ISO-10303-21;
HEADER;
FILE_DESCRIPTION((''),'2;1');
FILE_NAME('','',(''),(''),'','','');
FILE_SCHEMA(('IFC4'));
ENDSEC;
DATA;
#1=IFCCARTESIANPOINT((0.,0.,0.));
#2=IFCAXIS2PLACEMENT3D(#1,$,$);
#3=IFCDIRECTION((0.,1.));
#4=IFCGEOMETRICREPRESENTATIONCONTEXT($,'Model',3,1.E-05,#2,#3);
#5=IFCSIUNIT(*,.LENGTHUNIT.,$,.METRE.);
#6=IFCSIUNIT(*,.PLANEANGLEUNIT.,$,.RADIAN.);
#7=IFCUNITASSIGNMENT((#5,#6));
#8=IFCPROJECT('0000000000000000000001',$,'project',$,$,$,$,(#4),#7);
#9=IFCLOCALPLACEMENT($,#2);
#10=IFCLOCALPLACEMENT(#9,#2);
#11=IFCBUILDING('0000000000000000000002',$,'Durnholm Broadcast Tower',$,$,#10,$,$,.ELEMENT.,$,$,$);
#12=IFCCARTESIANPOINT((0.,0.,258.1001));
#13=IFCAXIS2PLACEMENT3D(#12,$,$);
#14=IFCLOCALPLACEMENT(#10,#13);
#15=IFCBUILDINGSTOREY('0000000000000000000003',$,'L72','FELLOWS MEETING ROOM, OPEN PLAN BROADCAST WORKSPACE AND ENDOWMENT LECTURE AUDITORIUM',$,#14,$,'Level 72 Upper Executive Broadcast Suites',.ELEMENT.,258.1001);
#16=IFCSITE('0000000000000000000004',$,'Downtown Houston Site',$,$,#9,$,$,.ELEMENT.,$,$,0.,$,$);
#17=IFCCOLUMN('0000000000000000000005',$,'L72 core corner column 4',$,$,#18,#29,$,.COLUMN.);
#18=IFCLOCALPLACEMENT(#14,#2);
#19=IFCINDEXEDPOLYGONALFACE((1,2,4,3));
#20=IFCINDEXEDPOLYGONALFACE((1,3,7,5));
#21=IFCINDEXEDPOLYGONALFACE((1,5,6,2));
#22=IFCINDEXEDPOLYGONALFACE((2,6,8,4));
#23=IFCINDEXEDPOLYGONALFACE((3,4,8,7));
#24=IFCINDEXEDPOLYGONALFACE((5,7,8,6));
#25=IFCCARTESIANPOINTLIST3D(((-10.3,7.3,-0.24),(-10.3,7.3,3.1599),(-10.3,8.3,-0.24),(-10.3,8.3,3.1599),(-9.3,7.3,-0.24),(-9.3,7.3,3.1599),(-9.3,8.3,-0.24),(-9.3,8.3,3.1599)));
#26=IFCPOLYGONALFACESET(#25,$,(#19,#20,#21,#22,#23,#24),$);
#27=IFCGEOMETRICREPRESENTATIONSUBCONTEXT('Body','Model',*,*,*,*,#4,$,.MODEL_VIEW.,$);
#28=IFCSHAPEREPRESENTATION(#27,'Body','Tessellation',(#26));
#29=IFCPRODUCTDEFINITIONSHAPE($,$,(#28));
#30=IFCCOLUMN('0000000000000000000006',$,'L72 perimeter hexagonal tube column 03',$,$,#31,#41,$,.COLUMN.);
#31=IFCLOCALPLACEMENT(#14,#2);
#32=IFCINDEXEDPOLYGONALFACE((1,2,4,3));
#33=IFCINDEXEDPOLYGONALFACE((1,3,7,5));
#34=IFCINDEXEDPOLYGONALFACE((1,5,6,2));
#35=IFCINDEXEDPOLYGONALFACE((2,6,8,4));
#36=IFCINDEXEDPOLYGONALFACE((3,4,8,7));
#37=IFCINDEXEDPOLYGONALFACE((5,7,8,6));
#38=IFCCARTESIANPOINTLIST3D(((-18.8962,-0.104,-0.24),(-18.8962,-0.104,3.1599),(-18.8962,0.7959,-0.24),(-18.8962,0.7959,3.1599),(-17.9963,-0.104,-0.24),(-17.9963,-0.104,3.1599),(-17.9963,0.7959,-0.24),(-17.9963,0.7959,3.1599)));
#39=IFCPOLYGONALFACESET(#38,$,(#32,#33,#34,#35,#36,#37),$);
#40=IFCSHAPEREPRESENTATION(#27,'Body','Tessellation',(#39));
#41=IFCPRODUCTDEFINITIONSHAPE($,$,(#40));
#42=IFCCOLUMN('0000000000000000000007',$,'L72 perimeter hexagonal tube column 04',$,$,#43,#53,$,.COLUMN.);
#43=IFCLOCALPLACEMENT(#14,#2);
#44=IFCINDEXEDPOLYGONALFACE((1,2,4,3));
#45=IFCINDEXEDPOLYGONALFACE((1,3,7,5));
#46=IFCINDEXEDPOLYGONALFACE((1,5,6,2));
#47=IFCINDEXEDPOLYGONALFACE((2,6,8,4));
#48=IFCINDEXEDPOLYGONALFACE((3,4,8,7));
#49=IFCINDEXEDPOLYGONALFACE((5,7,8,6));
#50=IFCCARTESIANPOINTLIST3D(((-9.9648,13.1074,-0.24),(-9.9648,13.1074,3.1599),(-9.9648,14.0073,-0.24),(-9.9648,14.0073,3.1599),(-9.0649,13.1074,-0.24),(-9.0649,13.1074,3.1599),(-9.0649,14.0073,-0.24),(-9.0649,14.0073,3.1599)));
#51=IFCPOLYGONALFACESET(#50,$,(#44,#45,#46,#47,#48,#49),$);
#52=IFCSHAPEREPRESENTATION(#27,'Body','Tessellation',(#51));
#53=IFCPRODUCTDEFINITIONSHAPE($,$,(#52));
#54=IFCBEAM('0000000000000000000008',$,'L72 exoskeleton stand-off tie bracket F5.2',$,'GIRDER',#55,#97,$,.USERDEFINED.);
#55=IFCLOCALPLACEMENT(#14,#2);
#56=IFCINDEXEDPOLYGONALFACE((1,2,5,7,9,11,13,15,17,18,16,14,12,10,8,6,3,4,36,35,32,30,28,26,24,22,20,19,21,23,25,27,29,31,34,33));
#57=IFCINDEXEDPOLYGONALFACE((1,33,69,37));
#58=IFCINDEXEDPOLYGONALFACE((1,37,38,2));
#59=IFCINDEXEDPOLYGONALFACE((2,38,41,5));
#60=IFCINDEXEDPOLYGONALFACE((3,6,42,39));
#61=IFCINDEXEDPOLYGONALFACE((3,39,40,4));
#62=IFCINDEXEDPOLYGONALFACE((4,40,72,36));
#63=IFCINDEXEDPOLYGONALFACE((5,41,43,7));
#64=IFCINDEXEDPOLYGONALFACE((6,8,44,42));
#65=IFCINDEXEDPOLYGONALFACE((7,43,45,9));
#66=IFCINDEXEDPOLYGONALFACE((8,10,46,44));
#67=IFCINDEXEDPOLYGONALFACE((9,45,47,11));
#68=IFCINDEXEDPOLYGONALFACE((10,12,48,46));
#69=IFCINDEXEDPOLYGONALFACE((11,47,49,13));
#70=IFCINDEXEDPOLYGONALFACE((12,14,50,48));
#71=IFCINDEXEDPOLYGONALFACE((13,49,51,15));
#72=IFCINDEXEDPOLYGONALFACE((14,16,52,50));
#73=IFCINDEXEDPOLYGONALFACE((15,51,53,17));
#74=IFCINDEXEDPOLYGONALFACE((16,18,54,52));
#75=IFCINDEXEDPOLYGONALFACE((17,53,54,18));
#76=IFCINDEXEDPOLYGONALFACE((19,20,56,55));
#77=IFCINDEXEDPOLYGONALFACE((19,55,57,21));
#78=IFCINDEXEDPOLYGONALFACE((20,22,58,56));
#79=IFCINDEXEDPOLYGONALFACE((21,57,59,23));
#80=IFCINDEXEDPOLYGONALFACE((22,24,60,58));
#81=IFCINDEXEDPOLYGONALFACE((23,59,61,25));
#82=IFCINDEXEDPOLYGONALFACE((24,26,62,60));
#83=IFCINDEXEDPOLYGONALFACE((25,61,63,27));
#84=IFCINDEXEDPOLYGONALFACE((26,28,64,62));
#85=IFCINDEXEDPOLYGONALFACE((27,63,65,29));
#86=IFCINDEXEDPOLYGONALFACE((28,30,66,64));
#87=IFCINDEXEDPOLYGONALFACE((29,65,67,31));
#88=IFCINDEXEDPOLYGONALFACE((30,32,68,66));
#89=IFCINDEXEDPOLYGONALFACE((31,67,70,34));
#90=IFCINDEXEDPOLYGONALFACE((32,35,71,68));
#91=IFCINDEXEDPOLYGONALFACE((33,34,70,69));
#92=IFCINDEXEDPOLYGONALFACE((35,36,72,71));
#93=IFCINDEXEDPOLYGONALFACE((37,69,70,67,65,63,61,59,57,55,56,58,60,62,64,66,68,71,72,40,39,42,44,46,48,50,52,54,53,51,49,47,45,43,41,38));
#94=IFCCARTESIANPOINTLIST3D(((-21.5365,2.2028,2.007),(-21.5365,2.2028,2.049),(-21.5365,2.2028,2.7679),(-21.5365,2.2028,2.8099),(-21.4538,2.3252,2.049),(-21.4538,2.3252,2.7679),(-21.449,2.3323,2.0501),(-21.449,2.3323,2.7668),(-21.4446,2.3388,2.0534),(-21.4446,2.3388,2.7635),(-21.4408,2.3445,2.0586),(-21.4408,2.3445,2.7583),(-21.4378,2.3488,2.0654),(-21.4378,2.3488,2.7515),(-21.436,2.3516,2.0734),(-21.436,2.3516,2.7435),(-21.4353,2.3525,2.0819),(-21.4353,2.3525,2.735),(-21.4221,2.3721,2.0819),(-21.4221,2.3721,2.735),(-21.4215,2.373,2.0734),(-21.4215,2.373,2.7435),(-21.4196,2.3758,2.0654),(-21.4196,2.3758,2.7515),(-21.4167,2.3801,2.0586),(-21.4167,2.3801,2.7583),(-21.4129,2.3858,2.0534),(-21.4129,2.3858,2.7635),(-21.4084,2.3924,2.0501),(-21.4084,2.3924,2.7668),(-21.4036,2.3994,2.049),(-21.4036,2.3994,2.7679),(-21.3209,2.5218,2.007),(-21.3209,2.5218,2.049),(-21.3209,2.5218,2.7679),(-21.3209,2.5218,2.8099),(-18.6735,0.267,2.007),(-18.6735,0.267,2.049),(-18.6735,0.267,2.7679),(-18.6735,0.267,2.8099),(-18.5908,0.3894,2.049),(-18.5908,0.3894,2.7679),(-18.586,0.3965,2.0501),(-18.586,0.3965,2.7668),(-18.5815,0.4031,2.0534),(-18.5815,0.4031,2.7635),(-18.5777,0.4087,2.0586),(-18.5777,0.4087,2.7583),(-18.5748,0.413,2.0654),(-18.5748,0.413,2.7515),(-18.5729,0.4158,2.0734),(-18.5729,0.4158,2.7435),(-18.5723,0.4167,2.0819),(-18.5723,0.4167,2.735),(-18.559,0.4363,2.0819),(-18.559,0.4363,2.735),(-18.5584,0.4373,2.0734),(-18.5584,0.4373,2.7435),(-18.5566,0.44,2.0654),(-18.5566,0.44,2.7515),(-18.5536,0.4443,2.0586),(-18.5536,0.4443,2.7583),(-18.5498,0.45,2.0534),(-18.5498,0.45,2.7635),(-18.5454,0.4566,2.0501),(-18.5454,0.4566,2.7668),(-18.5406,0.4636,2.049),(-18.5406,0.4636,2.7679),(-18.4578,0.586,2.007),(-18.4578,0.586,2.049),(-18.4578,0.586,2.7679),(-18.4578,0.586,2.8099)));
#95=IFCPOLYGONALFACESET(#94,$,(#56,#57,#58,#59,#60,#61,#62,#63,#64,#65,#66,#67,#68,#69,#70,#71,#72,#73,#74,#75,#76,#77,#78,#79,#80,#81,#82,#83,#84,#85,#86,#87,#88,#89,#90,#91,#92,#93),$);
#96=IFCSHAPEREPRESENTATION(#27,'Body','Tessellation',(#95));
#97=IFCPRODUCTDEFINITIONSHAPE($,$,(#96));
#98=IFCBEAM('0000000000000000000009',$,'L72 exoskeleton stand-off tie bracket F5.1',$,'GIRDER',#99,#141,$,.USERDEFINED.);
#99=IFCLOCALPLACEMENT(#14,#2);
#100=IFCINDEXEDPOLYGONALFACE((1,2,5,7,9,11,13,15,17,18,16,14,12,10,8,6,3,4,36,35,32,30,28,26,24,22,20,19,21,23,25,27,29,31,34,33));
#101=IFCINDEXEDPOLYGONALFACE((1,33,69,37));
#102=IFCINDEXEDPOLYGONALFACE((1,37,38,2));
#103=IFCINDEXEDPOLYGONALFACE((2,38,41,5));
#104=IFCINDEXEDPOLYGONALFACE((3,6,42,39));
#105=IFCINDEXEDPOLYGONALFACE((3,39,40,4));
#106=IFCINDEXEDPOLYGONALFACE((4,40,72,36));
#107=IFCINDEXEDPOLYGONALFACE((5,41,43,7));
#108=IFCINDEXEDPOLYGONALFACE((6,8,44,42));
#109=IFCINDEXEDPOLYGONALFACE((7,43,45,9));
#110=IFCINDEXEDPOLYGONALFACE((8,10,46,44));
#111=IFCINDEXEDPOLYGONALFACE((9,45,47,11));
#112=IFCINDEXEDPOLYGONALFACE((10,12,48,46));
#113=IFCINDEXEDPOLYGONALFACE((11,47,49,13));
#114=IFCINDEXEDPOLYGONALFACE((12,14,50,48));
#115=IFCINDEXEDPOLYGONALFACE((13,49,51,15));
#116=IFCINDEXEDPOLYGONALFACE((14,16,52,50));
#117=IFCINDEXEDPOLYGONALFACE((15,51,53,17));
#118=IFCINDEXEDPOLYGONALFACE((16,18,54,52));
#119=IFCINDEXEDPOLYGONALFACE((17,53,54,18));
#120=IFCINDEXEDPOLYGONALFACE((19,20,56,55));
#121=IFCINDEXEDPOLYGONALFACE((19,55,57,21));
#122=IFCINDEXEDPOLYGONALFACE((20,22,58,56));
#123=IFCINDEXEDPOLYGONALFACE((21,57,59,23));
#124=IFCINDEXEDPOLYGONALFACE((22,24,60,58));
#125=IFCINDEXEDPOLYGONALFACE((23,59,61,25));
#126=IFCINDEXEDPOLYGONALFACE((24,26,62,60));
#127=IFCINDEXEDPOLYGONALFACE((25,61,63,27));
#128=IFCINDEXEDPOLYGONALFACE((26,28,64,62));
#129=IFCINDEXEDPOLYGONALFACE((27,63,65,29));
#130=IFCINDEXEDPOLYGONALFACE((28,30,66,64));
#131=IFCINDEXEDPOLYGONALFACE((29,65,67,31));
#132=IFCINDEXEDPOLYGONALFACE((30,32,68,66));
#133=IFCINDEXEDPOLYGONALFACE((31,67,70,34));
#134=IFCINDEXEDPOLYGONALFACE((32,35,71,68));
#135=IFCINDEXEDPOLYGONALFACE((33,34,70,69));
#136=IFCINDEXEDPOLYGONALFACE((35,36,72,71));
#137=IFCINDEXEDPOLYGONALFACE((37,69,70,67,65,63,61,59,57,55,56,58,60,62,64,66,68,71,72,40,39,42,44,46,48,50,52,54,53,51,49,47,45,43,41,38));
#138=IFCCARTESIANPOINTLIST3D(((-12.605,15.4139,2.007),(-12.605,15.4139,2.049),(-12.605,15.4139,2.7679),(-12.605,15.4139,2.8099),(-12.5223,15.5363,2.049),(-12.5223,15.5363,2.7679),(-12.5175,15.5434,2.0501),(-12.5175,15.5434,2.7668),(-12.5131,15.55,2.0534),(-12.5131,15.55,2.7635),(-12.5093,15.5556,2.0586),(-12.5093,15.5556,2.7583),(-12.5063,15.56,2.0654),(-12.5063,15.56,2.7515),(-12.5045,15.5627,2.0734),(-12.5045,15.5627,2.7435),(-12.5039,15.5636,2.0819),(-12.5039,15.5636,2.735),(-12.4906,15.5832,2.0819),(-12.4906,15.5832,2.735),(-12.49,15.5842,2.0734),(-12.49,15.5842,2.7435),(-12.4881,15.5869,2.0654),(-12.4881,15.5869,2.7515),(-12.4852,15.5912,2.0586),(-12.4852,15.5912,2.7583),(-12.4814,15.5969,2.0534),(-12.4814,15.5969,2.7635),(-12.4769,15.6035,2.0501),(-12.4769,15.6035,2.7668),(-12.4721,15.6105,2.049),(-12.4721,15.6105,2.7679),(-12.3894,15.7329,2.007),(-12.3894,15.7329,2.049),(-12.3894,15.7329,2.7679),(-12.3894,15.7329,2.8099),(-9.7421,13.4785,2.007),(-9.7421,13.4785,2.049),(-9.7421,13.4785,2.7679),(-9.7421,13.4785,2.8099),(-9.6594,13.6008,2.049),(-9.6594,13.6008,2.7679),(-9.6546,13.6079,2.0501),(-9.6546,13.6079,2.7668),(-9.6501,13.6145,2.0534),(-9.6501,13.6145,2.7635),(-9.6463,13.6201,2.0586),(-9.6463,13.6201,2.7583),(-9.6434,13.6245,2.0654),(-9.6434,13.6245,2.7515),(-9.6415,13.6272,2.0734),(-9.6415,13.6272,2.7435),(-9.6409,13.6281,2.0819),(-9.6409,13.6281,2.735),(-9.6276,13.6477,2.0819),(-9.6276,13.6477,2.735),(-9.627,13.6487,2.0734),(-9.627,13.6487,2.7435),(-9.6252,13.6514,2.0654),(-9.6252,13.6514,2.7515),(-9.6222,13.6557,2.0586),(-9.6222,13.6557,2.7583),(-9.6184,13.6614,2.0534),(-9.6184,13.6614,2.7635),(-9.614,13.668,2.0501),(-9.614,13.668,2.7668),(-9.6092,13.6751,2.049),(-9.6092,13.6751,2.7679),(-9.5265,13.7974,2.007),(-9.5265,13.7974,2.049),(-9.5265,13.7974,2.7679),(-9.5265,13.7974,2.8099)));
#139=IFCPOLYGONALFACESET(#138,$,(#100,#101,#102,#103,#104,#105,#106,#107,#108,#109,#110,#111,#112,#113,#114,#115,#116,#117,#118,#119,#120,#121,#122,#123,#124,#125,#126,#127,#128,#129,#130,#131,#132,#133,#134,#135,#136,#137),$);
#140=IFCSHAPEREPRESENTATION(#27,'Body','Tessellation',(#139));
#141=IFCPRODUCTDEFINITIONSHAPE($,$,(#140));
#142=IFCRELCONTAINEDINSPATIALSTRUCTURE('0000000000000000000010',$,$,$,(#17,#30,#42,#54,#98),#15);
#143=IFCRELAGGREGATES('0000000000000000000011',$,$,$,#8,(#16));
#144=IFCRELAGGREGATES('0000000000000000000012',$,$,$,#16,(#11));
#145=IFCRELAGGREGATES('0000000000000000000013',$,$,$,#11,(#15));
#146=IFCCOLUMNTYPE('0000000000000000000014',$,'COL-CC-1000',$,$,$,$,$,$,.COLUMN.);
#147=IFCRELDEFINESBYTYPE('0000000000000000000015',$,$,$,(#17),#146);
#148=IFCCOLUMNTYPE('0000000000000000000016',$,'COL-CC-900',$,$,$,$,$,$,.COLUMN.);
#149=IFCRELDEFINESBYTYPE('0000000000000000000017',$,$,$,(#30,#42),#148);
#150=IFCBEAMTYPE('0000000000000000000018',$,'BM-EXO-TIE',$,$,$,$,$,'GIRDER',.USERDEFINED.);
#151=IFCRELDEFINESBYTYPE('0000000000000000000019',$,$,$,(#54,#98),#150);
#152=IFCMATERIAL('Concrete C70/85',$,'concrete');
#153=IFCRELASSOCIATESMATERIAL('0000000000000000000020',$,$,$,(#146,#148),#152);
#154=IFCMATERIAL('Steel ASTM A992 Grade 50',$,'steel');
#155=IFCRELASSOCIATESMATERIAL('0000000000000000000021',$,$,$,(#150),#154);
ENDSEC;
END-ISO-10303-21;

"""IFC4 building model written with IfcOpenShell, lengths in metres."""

from ifc_helpers import new_model, si_unit, direction, frame, origin, origin_2d, place, context, subcontext, project, spatial, rectangle, i_section, extrude, source, transform, mapped, material, material_profile, profile_set, type_object, type_shapes, element, save


model = new_model("IFC4")

# Units and contexts
model_context = context("Model", 3, precision=1e-05, world=origin(), true_north=direction((0.0, 1.0)))
body_context = subcontext(model_context, "Body", "Model", "MODEL_VIEW")
ifc_project = project(units=[si_unit("LENGTHUNIT", "METRE"), si_unit("PLANEANGLEUNIT", "RADIAN")], contexts=[model_context])

# Site, building, storey
site_placement = place(None, origin())
site = spatial("IfcSite", under=ifc_project, at=site_placement, Name="Downtown Houston Site", CompositionType="ELEMENT", RefElevation=0.0)
building_placement = place(site_placement, origin())
building = spatial("IfcBuilding", under=site, at=building_placement, Name="Durnholm Broadcast Tower", CompositionType="ELEMENT")
storey_placement = place(building_placement, frame((0.0, 0.0, 258.1001)))
storey = spatial("IfcBuildingStorey", under=building, at=storey_placement, Name="L72", Description="FELLOWS MEETING ROOM, OPEN PLAN BROADCAST WORKSPACE AND ENDOWMENT LECTURE AUDITORIUM", LongName="Level 72 Upper Executive Broadcast Suites", CompositionType="ELEMENT", Elevation=258.1001)

# Columns
ifc_material_1 = material(Name="Concrete C70/85", Category="concrete")
ifc_material_profile_1 = material_profile(ifc_material_1, rectangle(XDim=1.0, YDim=1.0, at=origin_2d()), Name="RC1000X1000")
ifc_profile_set_1 = profile_set([ifc_material_profile_1], Name="Concrete C70/85")
column_type_1 = type_object("IfcColumnType", Name="COL-CC-1000", PredefinedType="COLUMN", material=ifc_profile_set_1)
shared_shape_1 = source(origin(), body_context, "Body", "SweptSolid", [
    extrude(rectangle(XDim=1.0, YDim=1.0, at=origin_2d()), origin(), (0.0, 0.0, 1.0), 3.3999),
])
type_shapes(column_type_1, [shared_shape_1])
column_placement = place(storey_placement, frame((-9.8, 7.8, -0.24), z_axis=(0.0, 0.0, 1.0), x_axis=(1.0, 0.0, 0.0)))
element("IfcColumn", 1, at=column_placement, inside=storey, type_object=column_type_1, Name="L72 core corner column 4", PredefinedType="COLUMN", context=body_context, shape_type="MappedRepresentation", body=[
    mapped(shared_shape_1, transform((0.0, 0.0, 0.0), x_axis=(1.0, 0.0, 0.0), y_axis=(0.0, 1.0, 0.0), z_axis=(0.0, 0.0, 1.0), scale=1.0)),
])
ifc_material_profile_2 = material_profile(ifc_material_1, rectangle(XDim=0.8999, YDim=0.8999, at=origin_2d()), Name="RC900X900")
ifc_profile_set_2 = profile_set([ifc_material_profile_2], Name="Concrete C70/85")
column_type_2 = type_object("IfcColumnType", Name="COL-CC-900", PredefinedType="COLUMN", material=ifc_profile_set_2)
shared_shape_2 = source(origin(), body_context, "Body", "SweptSolid", [
    extrude(rectangle(XDim=0.8999, YDim=0.8999, at=origin_2d()), origin(), (0.0, 0.0, 1.0), 3.3999),
])
type_shapes(column_type_2, [shared_shape_2])
for number, where, z_axis, x_axis, name in (
    (2, (-18.4463, 0.3459, -0.24), (0.0, 0.0, 1.0), (1.0, 0.0, 0.0), "L72 perimeter hexagonal tube column 03"),
    (3, (-9.5149, 13.5574, -0.24), (0.0, 0.0, 1.0), (1.0, 0.0, 0.0), "L72 perimeter hexagonal tube column 04"),
):
    element("IfcColumn", number, at=place(storey_placement, frame(where, z_axis=z_axis, x_axis=x_axis)), inside=storey, type_object=column_type_2, Name=name, PredefinedType="COLUMN", context=body_context, shape_type="MappedRepresentation", body=[
        mapped(shared_shape_2, transform((0.0, 0.0, 0.0), x_axis=(1.0, 0.0, 0.0), y_axis=(0.0, 1.0, 0.0), z_axis=(0.0, 0.0, 1.0), scale=1.0)),
    ])

# Beams
ifc_material_2 = material(Name="Steel ASTM A992 Grade 50", Category="steel")
ifc_material_profile_3 = material_profile(ifc_material_2, i_section(OverallWidth=0.385, OverallDepth=0.803, WebThickness=0.0237, FlangeThickness=0.042, FilletRadius=0.033, at=origin_2d()), Name="W30X261")
ifc_profile_set_3 = profile_set([ifc_material_profile_3], Name="Steel ASTM A992 Grade 50")
beam_type_1 = type_object("IfcBeamType", Name="BM-EXO-TIE", ElementType="GIRDER", PredefinedType="USERDEFINED", material=ifc_profile_set_3)
shared_shape_3 = source(origin(), body_context, "Body", "SweptSolid", [
    extrude(i_section(OverallWidth=0.385, OverallDepth=0.803, WebThickness=0.0237, FlangeThickness=0.042, FilletRadius=0.033, at=origin_2d()), origin(), (0.0, 0.0, 1.0), 3.4561),
])
beam_1_placement = place(storey_placement, frame((-18.5657, 0.4265, 2.4084), z_axis=(-0.828414, 0.560117, 0.0), x_axis=(-0.560117, -0.828414, 0.0)))
element("IfcBeam", 4, at=beam_1_placement, inside=storey, type_object=beam_type_1, Name="L72 exoskeleton stand-off tie bracket F5.2", ObjectType="GIRDER", PredefinedType="USERDEFINED", context=body_context, shape_type="MappedRepresentation", body=[
    mapped(shared_shape_3, transform((0.0, 0.0, 0.0), x_axis=(1.0, 0.0, 0.0), y_axis=(0.0, 1.0, 0.0), z_axis=(0.0, 0.0, 1.0), scale=1.0)),
])
shared_shape_4 = source(origin(), body_context, "Body", "SweptSolid", [
    extrude(i_section(OverallWidth=0.385, OverallDepth=0.803, WebThickness=0.0237, FlangeThickness=0.042, FilletRadius=0.033, at=origin_2d()), origin(), (0.0, 0.0, 1.0), 3.4558),
])
beam_2_placement = place(storey_placement, frame((-9.6343, 13.6379, 2.4084), z_axis=(-0.828446, 0.560068, 0.0), x_axis=(-0.560068, -0.828446, 0.0)))
element("IfcBeam", 5, at=beam_2_placement, inside=storey, type_object=beam_type_1, Name="L72 exoskeleton stand-off tie bracket F5.1", ObjectType="GIRDER", PredefinedType="USERDEFINED", context=body_context, shape_type="MappedRepresentation", body=[
    mapped(shared_shape_4, transform((0.0, 0.0, 0.0), x_axis=(1.0, 0.0, 0.0), y_axis=(0.0, 1.0, 0.0), z_axis=(0.0, 0.0, 1.0), scale=1.0)),
])

save(model, "model.ifc")
